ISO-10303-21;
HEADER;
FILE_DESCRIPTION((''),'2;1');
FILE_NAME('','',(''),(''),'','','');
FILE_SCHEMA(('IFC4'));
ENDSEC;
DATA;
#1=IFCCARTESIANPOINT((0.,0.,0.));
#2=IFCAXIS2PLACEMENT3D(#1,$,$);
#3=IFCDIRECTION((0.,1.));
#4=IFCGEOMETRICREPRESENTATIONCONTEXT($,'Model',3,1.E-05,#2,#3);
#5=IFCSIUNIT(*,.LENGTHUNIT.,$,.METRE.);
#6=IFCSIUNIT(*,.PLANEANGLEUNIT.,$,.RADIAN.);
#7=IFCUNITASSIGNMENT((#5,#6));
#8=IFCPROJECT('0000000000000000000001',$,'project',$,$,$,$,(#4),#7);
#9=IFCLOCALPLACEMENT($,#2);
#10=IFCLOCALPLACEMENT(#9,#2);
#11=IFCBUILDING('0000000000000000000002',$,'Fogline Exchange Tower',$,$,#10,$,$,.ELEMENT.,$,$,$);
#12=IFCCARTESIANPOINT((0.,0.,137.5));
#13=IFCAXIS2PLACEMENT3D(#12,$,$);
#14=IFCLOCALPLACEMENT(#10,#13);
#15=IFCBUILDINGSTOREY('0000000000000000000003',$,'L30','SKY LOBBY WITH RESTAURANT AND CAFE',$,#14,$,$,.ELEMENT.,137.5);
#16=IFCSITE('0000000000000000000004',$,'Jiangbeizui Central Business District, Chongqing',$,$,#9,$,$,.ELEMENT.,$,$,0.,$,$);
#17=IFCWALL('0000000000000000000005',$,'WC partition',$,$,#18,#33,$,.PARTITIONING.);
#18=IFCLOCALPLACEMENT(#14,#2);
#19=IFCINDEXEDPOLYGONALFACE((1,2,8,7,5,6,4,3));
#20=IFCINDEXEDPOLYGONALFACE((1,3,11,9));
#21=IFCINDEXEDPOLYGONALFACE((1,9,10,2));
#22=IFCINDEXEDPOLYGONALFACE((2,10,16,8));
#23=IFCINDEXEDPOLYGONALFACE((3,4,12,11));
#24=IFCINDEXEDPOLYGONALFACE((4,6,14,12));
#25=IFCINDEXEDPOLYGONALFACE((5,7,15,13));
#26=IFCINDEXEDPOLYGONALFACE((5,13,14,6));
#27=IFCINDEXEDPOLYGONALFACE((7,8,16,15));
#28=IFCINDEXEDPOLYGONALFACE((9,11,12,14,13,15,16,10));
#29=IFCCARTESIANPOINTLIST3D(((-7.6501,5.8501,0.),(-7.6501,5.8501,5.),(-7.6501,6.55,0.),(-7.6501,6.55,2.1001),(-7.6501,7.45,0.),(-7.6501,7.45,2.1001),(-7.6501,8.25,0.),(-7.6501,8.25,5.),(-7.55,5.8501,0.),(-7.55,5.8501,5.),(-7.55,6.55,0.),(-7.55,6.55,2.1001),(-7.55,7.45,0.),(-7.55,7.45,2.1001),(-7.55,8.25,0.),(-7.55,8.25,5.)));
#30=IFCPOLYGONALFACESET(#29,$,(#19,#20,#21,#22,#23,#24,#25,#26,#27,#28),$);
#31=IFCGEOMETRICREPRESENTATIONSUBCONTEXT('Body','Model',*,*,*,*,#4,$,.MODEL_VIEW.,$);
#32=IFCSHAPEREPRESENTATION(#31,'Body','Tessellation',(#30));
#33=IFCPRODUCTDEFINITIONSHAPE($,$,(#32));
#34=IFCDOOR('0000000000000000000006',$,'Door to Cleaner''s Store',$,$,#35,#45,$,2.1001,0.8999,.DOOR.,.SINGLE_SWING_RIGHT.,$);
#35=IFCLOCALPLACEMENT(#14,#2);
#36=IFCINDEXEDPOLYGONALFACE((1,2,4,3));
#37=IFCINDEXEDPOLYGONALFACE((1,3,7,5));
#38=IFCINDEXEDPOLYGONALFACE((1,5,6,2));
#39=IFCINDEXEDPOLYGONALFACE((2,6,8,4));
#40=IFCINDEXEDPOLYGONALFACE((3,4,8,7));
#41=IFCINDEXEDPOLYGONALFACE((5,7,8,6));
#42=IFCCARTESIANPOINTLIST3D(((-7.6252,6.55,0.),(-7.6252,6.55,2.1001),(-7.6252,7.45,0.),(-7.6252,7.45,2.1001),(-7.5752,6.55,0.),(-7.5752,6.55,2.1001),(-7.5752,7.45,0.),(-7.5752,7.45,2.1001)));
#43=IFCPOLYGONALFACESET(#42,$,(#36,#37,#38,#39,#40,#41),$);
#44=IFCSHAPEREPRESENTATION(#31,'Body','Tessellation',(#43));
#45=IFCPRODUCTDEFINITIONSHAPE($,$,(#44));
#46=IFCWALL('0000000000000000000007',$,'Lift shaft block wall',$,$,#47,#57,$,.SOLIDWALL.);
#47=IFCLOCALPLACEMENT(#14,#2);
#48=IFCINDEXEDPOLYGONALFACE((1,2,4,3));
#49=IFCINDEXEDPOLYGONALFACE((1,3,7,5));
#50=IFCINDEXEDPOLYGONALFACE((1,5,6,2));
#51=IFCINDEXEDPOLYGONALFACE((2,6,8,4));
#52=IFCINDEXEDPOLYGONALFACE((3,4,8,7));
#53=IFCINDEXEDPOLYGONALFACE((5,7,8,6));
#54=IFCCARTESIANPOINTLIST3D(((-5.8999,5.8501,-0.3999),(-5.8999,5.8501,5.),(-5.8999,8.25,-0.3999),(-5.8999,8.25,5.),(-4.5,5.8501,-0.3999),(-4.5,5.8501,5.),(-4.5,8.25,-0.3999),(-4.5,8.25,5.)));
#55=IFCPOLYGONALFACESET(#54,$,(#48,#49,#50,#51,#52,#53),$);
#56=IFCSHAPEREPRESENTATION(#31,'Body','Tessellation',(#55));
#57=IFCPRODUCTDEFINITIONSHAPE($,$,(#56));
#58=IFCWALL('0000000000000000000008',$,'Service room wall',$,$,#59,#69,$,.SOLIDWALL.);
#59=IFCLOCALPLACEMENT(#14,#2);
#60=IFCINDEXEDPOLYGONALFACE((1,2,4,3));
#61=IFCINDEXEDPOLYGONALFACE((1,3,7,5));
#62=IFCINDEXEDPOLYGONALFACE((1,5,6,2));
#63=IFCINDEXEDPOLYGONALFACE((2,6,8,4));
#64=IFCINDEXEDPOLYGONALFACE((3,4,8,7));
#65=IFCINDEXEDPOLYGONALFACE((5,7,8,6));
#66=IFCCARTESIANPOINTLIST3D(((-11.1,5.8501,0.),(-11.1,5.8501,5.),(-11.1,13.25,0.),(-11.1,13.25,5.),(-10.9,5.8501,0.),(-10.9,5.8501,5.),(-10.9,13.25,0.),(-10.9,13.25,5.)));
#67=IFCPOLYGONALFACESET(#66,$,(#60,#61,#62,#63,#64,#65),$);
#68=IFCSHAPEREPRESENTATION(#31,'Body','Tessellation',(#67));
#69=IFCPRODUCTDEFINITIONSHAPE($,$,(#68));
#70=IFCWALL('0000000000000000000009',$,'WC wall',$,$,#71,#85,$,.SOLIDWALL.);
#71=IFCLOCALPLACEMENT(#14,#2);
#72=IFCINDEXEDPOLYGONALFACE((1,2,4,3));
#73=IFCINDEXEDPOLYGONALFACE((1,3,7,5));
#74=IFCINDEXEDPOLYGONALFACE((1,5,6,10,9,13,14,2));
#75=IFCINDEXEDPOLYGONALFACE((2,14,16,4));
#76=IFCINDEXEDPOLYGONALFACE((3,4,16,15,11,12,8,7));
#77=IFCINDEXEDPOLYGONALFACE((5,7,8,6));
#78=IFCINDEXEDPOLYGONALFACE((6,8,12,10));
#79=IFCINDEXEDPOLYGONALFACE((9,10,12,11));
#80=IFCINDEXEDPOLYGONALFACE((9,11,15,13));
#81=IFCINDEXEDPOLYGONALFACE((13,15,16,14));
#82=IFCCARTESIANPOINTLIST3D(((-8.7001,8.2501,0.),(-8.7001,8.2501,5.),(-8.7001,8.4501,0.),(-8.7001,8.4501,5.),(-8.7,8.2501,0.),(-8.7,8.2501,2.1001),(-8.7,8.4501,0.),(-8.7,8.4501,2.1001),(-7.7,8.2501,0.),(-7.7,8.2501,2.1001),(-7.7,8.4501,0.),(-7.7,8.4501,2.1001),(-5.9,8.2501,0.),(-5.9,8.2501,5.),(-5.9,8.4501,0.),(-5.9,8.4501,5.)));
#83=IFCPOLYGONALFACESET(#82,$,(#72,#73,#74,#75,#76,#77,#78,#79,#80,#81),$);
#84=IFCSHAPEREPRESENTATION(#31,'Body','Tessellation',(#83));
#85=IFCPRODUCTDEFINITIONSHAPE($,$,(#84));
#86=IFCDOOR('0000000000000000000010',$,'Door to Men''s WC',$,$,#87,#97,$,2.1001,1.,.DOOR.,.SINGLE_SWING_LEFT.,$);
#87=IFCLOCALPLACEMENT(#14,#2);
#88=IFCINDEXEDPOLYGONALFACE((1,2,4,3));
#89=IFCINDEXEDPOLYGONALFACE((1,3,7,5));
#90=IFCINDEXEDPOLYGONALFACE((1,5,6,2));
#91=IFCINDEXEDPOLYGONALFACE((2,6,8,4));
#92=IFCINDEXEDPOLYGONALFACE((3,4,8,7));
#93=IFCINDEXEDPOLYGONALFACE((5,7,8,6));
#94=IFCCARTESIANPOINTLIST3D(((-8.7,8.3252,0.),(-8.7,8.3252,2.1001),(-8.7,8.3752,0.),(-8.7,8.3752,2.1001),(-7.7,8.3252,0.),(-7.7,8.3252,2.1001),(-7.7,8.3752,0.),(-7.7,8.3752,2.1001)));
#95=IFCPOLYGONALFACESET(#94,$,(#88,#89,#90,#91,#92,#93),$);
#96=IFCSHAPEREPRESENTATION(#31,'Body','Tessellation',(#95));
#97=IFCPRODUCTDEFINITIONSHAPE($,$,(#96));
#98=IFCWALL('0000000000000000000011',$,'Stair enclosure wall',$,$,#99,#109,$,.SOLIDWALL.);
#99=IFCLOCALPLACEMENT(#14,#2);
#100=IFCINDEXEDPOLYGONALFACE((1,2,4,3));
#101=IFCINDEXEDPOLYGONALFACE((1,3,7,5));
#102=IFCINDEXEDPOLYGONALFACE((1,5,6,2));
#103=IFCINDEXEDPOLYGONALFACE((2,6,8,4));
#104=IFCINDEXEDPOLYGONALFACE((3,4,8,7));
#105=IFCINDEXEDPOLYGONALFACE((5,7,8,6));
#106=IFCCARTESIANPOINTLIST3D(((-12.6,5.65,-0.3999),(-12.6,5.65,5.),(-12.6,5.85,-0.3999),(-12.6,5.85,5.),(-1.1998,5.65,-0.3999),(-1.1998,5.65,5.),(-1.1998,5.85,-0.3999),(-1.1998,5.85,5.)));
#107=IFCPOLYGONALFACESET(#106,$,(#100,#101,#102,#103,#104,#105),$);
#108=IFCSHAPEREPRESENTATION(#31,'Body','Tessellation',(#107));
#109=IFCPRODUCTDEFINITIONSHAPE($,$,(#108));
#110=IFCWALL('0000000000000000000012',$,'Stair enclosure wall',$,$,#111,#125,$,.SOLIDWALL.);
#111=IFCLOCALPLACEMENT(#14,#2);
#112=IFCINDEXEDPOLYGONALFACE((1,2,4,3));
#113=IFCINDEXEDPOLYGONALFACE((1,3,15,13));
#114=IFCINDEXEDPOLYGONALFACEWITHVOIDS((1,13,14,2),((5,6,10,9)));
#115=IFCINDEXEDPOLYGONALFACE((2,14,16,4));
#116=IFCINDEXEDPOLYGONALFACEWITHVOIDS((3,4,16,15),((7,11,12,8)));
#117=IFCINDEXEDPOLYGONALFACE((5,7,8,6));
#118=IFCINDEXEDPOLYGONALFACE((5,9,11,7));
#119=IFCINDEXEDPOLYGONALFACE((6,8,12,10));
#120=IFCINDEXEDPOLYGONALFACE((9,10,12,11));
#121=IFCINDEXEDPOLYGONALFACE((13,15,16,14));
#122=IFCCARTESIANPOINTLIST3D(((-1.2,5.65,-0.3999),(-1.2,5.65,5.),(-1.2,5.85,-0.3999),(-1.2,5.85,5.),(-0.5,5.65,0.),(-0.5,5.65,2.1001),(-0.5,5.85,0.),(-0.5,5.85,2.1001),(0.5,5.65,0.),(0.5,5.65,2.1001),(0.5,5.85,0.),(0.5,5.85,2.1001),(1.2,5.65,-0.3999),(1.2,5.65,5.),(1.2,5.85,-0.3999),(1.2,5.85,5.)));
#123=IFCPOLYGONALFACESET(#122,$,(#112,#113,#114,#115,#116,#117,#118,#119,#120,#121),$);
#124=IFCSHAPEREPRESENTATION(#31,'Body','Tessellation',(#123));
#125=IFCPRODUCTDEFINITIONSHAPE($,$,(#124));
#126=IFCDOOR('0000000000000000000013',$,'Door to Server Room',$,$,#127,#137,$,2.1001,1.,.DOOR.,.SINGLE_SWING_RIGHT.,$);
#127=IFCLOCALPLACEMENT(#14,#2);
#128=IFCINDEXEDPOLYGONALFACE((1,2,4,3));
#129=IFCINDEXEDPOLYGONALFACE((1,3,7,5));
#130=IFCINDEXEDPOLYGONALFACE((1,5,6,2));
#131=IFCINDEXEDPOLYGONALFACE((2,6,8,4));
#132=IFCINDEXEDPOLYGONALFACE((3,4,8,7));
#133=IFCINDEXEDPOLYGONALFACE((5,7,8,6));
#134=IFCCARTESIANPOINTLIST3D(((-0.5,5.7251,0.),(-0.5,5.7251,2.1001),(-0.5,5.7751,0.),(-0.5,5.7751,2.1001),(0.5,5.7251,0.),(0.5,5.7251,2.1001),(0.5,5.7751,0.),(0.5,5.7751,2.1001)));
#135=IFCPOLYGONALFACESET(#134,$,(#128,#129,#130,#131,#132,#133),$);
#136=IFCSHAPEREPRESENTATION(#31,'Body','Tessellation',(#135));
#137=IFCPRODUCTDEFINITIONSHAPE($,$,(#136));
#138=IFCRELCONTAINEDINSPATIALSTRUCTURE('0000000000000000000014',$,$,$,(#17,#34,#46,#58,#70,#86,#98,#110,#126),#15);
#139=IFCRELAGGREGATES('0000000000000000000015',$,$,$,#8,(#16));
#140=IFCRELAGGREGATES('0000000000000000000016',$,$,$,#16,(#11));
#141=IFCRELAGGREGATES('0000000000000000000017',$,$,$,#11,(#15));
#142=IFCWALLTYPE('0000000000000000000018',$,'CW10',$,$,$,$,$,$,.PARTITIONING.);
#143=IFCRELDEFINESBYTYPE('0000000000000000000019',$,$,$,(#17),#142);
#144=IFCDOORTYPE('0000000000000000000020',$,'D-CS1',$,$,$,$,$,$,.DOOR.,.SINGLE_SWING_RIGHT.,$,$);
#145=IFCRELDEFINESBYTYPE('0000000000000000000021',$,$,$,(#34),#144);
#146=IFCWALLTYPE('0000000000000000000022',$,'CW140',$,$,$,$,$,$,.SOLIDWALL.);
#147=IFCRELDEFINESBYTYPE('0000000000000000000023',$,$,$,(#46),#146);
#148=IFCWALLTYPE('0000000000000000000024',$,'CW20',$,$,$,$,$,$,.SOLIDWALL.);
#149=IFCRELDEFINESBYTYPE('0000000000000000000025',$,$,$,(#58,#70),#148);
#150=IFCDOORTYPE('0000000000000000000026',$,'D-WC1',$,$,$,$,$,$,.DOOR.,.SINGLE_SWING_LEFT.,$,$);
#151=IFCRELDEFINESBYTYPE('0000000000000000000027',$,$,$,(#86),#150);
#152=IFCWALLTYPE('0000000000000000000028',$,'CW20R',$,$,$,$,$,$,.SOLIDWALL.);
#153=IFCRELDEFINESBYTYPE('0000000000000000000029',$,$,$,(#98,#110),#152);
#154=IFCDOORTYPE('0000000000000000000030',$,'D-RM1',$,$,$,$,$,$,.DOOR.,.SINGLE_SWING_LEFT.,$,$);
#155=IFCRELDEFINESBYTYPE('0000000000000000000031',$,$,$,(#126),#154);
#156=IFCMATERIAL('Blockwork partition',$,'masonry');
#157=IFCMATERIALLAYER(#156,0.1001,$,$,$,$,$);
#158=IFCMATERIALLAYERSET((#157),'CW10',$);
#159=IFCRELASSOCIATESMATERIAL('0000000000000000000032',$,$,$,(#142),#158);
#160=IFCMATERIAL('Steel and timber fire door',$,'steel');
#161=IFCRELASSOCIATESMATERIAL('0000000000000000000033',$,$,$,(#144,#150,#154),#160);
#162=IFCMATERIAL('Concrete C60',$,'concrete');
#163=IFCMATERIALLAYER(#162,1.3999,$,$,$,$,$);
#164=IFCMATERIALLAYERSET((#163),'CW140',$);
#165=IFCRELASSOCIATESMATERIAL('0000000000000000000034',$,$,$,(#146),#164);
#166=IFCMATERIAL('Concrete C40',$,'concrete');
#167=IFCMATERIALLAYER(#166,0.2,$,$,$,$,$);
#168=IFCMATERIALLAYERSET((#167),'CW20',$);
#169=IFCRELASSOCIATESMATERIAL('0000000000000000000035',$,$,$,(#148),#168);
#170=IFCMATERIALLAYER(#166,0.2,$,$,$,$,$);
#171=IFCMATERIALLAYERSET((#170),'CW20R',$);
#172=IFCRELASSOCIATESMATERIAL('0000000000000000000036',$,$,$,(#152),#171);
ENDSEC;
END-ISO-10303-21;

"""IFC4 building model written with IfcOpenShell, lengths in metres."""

from ifc_helpers import new_model, si_unit, direction, frame, frame_2d, origin, place, context, subcontext, project, spatial, rectangle, extrude, material, layer, layer_set, type_object, element, fill, save


model = new_model("IFC4")

# Units and contexts
model_context = context("Model", 3, precision=1e-05, world=origin(), true_north=direction((0.0, 1.0)))
body_context = subcontext(model_context, "Body", "Model", "MODEL_VIEW")
ifc_project = project(units=[si_unit("LENGTHUNIT", "METRE"), si_unit("PLANEANGLEUNIT", "RADIAN")], contexts=[model_context])

# Site, building, storey
site_placement = place(None, origin())
site = spatial("IfcSite", under=ifc_project, at=site_placement, Name="Jiangbeizui Central Business District, Chongqing", CompositionType="ELEMENT", RefElevation=0.0)
building_placement = place(site_placement, origin())
building = spatial("IfcBuilding", under=site, at=building_placement, Name="Fogline Exchange Tower", CompositionType="ELEMENT")
storey_placement = place(building_placement, frame((0.0, 0.0, 137.5)))
storey = spatial("IfcBuildingStorey", under=building, at=storey_placement, Name="L30", Description="SKY LOBBY WITH RESTAURANT AND CAFE", CompositionType="ELEMENT", Elevation=137.5)

# Wall, opening, door
ifc_material_1 = material(Name="Blockwork partition", Category="masonry")
ifc_layer_1 = layer(ifc_material_1, 0.1001)
ifc_layer_set_1 = layer_set([ifc_layer_1], Name="CW10")
wall_type_1 = type_object("IfcWallType", Name="CW10", PredefinedType="PARTITIONING", material=ifc_layer_set_1)
wall_1_placement = place(storey_placement, frame((-7.6001, 5.8501, 0.0), z_axis=(0.0, 0.0, 1.0), x_axis=(0.0, 1.0, 0.0)))
wall_1 = element("IfcWall", 1, at=wall_1_placement, inside=storey, type_object=wall_type_1, Name="WC partition", PredefinedType="PARTITIONING", context=body_context, shape_type="SweptSolid", body=[
    extrude(rectangle(XDim=2.3999, YDim=0.1001, at=frame_2d((1.2, 0.0))), origin(), (0.0, 0.0, 1.0), 5.0),
])
opening_1_placement = place(wall_1_placement, frame((0.7, 0.0, 0.0)))
opening_1 = element("IfcOpeningElement", 2, at=opening_1_placement, cuts=wall_1, PredefinedType="OPENING", context=body_context, shape_type="SweptSolid", body=[
    extrude(rectangle(XDim=0.8999, YDim=2.1001, at=frame_2d((0.45, 1.05))), frame((0.0, 0.0601, 0.0), z_axis=(0.0, -1.0, 0.0), x_axis=(1.0, 0.0, 0.0)), (0.0, 0.0, 1.0), 0.1201),
])
ifc_material_2 = material(Name="Steel and timber fire door", Category="steel")
door_type_1 = type_object("IfcDoorType", Name="D-CS1", OperationType="SINGLE_SWING_RIGHT", PredefinedType="DOOR", material=ifc_material_2)
door_1_placement = place(opening_1_placement, frame((0.8999, 0.0, 0.0), z_axis=(0.0, 0.0, 1.0), x_axis=(-1.0, 0.0, 0.0)))
door_1 = element("IfcDoor", 3, at=door_1_placement, inside=storey, type_object=door_type_1, Name="Door to Cleaner's Store", OperationType="SINGLE_SWING_RIGHT", OverallHeight=2.1001, OverallWidth=0.8999, PredefinedType="DOOR", context=body_context, shape_type="SweptSolid", body=[
    extrude(rectangle(XDim=0.8999, YDim=2.1001, at=frame_2d((0.45, 1.05))), frame((0.0, 0.0249, 0.0), z_axis=(0.0, -1.0, 0.0), x_axis=(1.0, 0.0, 0.0)), (0.0, 0.0, 1.0), 0.05),
])
fill(opening_1, door_1)

# Walls
ifc_material_3 = material(Name="Concrete C60", Category="concrete")
ifc_layer_2 = layer(ifc_material_3, 1.3999)
ifc_layer_set_2 = layer_set([ifc_layer_2], Name="CW140")
wall_type_2 = type_object("IfcWallType", Name="CW140", PredefinedType="SOLIDWALL", material=ifc_layer_set_2)
wall_2_placement = place(storey_placement, frame((-5.2, 5.8501, -0.3999), z_axis=(0.0, 0.0, 1.0), x_axis=(0.0, 1.0, 0.0)))
element("IfcWall", 4, at=wall_2_placement, inside=storey, type_object=wall_type_2, Name="Lift shaft block wall", PredefinedType="SOLIDWALL", context=body_context, shape_type="SweptSolid", body=[
    extrude(rectangle(XDim=2.3999, YDim=1.3999, at=frame_2d((1.2, 0.0))), origin(), (0.0, 0.0, 1.0), 5.3999),
])
ifc_material_4 = material(Name="Concrete C40", Category="concrete")
ifc_layer_3 = layer(ifc_material_4, 0.2)
ifc_layer_set_3 = layer_set([ifc_layer_3], Name="CW20")
wall_type_3 = type_object("IfcWallType", Name="CW20", PredefinedType="SOLIDWALL", material=ifc_layer_set_3)
wall_3_placement = place(storey_placement, frame((-11.0, 5.8501, 0.0), z_axis=(0.0, 0.0, 1.0), x_axis=(0.0, 1.0, 0.0)))
element("IfcWall", 5, at=wall_3_placement, inside=storey, type_object=wall_type_3, Name="Service room wall", PredefinedType="SOLIDWALL", context=body_context, shape_type="SweptSolid", body=[
    extrude(rectangle(XDim=7.3999, YDim=0.2, at=frame_2d((3.7, 0.0))), origin(), (0.0, 0.0, 1.0), 5.0),
])

# Wall, opening, door
wall_4_placement = place(storey_placement, frame((-8.7, 8.3501, 0.0), z_axis=(0.0, 0.0, 1.0), x_axis=(1.0, 0.0, 0.0)))
wall_4 = element("IfcWall", 6, at=wall_4_placement, inside=storey, type_object=wall_type_3, Name="WC wall", PredefinedType="SOLIDWALL", context=body_context, shape_type="SweptSolid", body=[
    extrude(rectangle(XDim=2.8, YDim=0.2, at=frame_2d((1.3999, 0.0))), origin(), (0.0, 0.0, 1.0), 5.0),
])
opening_2_placement = place(wall_4_placement, origin())
opening_2 = element("IfcOpeningElement", 7, at=opening_2_placement, cuts=wall_4, PredefinedType="OPENING", context=body_context, shape_type="SweptSolid", body=[
    extrude(rectangle(XDim=1.0, YDim=2.1001, at=frame_2d((0.5, 1.05))), frame((0.0, 0.1099, 0.0), z_axis=(0.0, -1.0, 0.0), x_axis=(1.0, 0.0, 0.0)), (0.0, 0.0, 1.0), 0.22),
])
door_type_2 = type_object("IfcDoorType", Name="D-WC1", OperationType="SINGLE_SWING_LEFT", PredefinedType="DOOR", material=ifc_material_2)
door_2_placement = place(opening_2_placement, frame((1.0, 0.0, 0.0), z_axis=(0.0, 0.0, 1.0), x_axis=(-1.0, 0.0, 0.0)))
door_2 = element("IfcDoor", 8, at=door_2_placement, inside=storey, type_object=door_type_2, Name="Door to Men's WC", OperationType="SINGLE_SWING_LEFT", OverallHeight=2.1001, OverallWidth=1.0, PredefinedType="DOOR", context=body_context, shape_type="SweptSolid", body=[
    extrude(rectangle(XDim=1.0, YDim=2.1001, at=frame_2d((0.5, 1.05))), frame((0.0, 0.0249, 0.0), z_axis=(0.0, -1.0, 0.0), x_axis=(1.0, 0.0, 0.0)), (0.0, 0.0, 1.0), 0.05),
])
fill(opening_2, door_2)

# Wall
ifc_layer_4 = layer(ifc_material_4, 0.2)
ifc_layer_set_4 = layer_set([ifc_layer_4], Name="CW20R")
wall_type_4 = type_object("IfcWallType", Name="CW20R", PredefinedType="SOLIDWALL", material=ifc_layer_set_4)
wall_5_placement = place(storey_placement, frame((-12.6001, 5.75, -0.3999), z_axis=(0.0, 0.0, 1.0), x_axis=(1.0, 0.0, 0.0)))
element("IfcWall", 9, at=wall_5_placement, inside=storey, type_object=wall_type_4, Name="Stair enclosure wall", PredefinedType="SOLIDWALL", context=body_context, shape_type="SweptSolid", body=[
    extrude(rectangle(XDim=11.4001, YDim=0.2, at=frame_2d((5.7002, 0.0))), origin(), (0.0, 0.0, 1.0), 5.3999),
])

# Wall, opening, door
wall_6_placement = place(storey_placement, frame((-1.2, 5.75, -0.3999), z_axis=(0.0, 0.0, 1.0), x_axis=(1.0, 0.0, 0.0)))
wall_6 = element("IfcWall", 10, at=wall_6_placement, inside=storey, type_object=wall_type_4, Name="Stair enclosure wall", PredefinedType="SOLIDWALL", context=body_context, shape_type="SweptSolid", body=[
    extrude(rectangle(XDim=2.3999, YDim=0.2, at=frame_2d((1.2, 0.0))), origin(), (0.0, 0.0, 1.0), 5.3999),
])
opening_3_placement = place(wall_6_placement, frame((0.7, 0.0, 0.3999)))
opening_3 = element("IfcOpeningElement", 11, at=opening_3_placement, cuts=wall_6, PredefinedType="OPENING", context=body_context, shape_type="SweptSolid", body=[
    extrude(rectangle(XDim=1.0, YDim=2.1001, at=frame_2d((0.5, 1.05))), frame((0.0, 0.1099, 0.0), z_axis=(0.0, -1.0, 0.0), x_axis=(1.0, 0.0, 0.0)), (0.0, 0.0, 1.0), 0.22),
])
door_type_3 = type_object("IfcDoorType", Name="D-RM1", OperationType="SINGLE_SWING_LEFT", PredefinedType="DOOR", material=ifc_material_2)
door_3_placement = place(opening_3_placement, frame((1.0, 0.0, 0.0), z_axis=(0.0, 0.0, 1.0), x_axis=(-1.0, 0.0, 0.0)))
door_3 = element("IfcDoor", 12, at=door_3_placement, inside=storey, type_object=door_type_3, Name="Door to Server Room", OperationType="SINGLE_SWING_RIGHT", OverallHeight=2.1001, OverallWidth=1.0, PredefinedType="DOOR", context=body_context, shape_type="SweptSolid", body=[
    extrude(rectangle(XDim=1.0, YDim=2.1001, at=frame_2d((0.5, 1.05))), frame((0.0, 0.0249, 0.0), z_axis=(0.0, -1.0, 0.0), x_axis=(1.0, 0.0, 0.0)), (0.0, 0.0, 1.0), 0.05),
])
fill(opening_3, door_3)

save(model, "model.ifc")
